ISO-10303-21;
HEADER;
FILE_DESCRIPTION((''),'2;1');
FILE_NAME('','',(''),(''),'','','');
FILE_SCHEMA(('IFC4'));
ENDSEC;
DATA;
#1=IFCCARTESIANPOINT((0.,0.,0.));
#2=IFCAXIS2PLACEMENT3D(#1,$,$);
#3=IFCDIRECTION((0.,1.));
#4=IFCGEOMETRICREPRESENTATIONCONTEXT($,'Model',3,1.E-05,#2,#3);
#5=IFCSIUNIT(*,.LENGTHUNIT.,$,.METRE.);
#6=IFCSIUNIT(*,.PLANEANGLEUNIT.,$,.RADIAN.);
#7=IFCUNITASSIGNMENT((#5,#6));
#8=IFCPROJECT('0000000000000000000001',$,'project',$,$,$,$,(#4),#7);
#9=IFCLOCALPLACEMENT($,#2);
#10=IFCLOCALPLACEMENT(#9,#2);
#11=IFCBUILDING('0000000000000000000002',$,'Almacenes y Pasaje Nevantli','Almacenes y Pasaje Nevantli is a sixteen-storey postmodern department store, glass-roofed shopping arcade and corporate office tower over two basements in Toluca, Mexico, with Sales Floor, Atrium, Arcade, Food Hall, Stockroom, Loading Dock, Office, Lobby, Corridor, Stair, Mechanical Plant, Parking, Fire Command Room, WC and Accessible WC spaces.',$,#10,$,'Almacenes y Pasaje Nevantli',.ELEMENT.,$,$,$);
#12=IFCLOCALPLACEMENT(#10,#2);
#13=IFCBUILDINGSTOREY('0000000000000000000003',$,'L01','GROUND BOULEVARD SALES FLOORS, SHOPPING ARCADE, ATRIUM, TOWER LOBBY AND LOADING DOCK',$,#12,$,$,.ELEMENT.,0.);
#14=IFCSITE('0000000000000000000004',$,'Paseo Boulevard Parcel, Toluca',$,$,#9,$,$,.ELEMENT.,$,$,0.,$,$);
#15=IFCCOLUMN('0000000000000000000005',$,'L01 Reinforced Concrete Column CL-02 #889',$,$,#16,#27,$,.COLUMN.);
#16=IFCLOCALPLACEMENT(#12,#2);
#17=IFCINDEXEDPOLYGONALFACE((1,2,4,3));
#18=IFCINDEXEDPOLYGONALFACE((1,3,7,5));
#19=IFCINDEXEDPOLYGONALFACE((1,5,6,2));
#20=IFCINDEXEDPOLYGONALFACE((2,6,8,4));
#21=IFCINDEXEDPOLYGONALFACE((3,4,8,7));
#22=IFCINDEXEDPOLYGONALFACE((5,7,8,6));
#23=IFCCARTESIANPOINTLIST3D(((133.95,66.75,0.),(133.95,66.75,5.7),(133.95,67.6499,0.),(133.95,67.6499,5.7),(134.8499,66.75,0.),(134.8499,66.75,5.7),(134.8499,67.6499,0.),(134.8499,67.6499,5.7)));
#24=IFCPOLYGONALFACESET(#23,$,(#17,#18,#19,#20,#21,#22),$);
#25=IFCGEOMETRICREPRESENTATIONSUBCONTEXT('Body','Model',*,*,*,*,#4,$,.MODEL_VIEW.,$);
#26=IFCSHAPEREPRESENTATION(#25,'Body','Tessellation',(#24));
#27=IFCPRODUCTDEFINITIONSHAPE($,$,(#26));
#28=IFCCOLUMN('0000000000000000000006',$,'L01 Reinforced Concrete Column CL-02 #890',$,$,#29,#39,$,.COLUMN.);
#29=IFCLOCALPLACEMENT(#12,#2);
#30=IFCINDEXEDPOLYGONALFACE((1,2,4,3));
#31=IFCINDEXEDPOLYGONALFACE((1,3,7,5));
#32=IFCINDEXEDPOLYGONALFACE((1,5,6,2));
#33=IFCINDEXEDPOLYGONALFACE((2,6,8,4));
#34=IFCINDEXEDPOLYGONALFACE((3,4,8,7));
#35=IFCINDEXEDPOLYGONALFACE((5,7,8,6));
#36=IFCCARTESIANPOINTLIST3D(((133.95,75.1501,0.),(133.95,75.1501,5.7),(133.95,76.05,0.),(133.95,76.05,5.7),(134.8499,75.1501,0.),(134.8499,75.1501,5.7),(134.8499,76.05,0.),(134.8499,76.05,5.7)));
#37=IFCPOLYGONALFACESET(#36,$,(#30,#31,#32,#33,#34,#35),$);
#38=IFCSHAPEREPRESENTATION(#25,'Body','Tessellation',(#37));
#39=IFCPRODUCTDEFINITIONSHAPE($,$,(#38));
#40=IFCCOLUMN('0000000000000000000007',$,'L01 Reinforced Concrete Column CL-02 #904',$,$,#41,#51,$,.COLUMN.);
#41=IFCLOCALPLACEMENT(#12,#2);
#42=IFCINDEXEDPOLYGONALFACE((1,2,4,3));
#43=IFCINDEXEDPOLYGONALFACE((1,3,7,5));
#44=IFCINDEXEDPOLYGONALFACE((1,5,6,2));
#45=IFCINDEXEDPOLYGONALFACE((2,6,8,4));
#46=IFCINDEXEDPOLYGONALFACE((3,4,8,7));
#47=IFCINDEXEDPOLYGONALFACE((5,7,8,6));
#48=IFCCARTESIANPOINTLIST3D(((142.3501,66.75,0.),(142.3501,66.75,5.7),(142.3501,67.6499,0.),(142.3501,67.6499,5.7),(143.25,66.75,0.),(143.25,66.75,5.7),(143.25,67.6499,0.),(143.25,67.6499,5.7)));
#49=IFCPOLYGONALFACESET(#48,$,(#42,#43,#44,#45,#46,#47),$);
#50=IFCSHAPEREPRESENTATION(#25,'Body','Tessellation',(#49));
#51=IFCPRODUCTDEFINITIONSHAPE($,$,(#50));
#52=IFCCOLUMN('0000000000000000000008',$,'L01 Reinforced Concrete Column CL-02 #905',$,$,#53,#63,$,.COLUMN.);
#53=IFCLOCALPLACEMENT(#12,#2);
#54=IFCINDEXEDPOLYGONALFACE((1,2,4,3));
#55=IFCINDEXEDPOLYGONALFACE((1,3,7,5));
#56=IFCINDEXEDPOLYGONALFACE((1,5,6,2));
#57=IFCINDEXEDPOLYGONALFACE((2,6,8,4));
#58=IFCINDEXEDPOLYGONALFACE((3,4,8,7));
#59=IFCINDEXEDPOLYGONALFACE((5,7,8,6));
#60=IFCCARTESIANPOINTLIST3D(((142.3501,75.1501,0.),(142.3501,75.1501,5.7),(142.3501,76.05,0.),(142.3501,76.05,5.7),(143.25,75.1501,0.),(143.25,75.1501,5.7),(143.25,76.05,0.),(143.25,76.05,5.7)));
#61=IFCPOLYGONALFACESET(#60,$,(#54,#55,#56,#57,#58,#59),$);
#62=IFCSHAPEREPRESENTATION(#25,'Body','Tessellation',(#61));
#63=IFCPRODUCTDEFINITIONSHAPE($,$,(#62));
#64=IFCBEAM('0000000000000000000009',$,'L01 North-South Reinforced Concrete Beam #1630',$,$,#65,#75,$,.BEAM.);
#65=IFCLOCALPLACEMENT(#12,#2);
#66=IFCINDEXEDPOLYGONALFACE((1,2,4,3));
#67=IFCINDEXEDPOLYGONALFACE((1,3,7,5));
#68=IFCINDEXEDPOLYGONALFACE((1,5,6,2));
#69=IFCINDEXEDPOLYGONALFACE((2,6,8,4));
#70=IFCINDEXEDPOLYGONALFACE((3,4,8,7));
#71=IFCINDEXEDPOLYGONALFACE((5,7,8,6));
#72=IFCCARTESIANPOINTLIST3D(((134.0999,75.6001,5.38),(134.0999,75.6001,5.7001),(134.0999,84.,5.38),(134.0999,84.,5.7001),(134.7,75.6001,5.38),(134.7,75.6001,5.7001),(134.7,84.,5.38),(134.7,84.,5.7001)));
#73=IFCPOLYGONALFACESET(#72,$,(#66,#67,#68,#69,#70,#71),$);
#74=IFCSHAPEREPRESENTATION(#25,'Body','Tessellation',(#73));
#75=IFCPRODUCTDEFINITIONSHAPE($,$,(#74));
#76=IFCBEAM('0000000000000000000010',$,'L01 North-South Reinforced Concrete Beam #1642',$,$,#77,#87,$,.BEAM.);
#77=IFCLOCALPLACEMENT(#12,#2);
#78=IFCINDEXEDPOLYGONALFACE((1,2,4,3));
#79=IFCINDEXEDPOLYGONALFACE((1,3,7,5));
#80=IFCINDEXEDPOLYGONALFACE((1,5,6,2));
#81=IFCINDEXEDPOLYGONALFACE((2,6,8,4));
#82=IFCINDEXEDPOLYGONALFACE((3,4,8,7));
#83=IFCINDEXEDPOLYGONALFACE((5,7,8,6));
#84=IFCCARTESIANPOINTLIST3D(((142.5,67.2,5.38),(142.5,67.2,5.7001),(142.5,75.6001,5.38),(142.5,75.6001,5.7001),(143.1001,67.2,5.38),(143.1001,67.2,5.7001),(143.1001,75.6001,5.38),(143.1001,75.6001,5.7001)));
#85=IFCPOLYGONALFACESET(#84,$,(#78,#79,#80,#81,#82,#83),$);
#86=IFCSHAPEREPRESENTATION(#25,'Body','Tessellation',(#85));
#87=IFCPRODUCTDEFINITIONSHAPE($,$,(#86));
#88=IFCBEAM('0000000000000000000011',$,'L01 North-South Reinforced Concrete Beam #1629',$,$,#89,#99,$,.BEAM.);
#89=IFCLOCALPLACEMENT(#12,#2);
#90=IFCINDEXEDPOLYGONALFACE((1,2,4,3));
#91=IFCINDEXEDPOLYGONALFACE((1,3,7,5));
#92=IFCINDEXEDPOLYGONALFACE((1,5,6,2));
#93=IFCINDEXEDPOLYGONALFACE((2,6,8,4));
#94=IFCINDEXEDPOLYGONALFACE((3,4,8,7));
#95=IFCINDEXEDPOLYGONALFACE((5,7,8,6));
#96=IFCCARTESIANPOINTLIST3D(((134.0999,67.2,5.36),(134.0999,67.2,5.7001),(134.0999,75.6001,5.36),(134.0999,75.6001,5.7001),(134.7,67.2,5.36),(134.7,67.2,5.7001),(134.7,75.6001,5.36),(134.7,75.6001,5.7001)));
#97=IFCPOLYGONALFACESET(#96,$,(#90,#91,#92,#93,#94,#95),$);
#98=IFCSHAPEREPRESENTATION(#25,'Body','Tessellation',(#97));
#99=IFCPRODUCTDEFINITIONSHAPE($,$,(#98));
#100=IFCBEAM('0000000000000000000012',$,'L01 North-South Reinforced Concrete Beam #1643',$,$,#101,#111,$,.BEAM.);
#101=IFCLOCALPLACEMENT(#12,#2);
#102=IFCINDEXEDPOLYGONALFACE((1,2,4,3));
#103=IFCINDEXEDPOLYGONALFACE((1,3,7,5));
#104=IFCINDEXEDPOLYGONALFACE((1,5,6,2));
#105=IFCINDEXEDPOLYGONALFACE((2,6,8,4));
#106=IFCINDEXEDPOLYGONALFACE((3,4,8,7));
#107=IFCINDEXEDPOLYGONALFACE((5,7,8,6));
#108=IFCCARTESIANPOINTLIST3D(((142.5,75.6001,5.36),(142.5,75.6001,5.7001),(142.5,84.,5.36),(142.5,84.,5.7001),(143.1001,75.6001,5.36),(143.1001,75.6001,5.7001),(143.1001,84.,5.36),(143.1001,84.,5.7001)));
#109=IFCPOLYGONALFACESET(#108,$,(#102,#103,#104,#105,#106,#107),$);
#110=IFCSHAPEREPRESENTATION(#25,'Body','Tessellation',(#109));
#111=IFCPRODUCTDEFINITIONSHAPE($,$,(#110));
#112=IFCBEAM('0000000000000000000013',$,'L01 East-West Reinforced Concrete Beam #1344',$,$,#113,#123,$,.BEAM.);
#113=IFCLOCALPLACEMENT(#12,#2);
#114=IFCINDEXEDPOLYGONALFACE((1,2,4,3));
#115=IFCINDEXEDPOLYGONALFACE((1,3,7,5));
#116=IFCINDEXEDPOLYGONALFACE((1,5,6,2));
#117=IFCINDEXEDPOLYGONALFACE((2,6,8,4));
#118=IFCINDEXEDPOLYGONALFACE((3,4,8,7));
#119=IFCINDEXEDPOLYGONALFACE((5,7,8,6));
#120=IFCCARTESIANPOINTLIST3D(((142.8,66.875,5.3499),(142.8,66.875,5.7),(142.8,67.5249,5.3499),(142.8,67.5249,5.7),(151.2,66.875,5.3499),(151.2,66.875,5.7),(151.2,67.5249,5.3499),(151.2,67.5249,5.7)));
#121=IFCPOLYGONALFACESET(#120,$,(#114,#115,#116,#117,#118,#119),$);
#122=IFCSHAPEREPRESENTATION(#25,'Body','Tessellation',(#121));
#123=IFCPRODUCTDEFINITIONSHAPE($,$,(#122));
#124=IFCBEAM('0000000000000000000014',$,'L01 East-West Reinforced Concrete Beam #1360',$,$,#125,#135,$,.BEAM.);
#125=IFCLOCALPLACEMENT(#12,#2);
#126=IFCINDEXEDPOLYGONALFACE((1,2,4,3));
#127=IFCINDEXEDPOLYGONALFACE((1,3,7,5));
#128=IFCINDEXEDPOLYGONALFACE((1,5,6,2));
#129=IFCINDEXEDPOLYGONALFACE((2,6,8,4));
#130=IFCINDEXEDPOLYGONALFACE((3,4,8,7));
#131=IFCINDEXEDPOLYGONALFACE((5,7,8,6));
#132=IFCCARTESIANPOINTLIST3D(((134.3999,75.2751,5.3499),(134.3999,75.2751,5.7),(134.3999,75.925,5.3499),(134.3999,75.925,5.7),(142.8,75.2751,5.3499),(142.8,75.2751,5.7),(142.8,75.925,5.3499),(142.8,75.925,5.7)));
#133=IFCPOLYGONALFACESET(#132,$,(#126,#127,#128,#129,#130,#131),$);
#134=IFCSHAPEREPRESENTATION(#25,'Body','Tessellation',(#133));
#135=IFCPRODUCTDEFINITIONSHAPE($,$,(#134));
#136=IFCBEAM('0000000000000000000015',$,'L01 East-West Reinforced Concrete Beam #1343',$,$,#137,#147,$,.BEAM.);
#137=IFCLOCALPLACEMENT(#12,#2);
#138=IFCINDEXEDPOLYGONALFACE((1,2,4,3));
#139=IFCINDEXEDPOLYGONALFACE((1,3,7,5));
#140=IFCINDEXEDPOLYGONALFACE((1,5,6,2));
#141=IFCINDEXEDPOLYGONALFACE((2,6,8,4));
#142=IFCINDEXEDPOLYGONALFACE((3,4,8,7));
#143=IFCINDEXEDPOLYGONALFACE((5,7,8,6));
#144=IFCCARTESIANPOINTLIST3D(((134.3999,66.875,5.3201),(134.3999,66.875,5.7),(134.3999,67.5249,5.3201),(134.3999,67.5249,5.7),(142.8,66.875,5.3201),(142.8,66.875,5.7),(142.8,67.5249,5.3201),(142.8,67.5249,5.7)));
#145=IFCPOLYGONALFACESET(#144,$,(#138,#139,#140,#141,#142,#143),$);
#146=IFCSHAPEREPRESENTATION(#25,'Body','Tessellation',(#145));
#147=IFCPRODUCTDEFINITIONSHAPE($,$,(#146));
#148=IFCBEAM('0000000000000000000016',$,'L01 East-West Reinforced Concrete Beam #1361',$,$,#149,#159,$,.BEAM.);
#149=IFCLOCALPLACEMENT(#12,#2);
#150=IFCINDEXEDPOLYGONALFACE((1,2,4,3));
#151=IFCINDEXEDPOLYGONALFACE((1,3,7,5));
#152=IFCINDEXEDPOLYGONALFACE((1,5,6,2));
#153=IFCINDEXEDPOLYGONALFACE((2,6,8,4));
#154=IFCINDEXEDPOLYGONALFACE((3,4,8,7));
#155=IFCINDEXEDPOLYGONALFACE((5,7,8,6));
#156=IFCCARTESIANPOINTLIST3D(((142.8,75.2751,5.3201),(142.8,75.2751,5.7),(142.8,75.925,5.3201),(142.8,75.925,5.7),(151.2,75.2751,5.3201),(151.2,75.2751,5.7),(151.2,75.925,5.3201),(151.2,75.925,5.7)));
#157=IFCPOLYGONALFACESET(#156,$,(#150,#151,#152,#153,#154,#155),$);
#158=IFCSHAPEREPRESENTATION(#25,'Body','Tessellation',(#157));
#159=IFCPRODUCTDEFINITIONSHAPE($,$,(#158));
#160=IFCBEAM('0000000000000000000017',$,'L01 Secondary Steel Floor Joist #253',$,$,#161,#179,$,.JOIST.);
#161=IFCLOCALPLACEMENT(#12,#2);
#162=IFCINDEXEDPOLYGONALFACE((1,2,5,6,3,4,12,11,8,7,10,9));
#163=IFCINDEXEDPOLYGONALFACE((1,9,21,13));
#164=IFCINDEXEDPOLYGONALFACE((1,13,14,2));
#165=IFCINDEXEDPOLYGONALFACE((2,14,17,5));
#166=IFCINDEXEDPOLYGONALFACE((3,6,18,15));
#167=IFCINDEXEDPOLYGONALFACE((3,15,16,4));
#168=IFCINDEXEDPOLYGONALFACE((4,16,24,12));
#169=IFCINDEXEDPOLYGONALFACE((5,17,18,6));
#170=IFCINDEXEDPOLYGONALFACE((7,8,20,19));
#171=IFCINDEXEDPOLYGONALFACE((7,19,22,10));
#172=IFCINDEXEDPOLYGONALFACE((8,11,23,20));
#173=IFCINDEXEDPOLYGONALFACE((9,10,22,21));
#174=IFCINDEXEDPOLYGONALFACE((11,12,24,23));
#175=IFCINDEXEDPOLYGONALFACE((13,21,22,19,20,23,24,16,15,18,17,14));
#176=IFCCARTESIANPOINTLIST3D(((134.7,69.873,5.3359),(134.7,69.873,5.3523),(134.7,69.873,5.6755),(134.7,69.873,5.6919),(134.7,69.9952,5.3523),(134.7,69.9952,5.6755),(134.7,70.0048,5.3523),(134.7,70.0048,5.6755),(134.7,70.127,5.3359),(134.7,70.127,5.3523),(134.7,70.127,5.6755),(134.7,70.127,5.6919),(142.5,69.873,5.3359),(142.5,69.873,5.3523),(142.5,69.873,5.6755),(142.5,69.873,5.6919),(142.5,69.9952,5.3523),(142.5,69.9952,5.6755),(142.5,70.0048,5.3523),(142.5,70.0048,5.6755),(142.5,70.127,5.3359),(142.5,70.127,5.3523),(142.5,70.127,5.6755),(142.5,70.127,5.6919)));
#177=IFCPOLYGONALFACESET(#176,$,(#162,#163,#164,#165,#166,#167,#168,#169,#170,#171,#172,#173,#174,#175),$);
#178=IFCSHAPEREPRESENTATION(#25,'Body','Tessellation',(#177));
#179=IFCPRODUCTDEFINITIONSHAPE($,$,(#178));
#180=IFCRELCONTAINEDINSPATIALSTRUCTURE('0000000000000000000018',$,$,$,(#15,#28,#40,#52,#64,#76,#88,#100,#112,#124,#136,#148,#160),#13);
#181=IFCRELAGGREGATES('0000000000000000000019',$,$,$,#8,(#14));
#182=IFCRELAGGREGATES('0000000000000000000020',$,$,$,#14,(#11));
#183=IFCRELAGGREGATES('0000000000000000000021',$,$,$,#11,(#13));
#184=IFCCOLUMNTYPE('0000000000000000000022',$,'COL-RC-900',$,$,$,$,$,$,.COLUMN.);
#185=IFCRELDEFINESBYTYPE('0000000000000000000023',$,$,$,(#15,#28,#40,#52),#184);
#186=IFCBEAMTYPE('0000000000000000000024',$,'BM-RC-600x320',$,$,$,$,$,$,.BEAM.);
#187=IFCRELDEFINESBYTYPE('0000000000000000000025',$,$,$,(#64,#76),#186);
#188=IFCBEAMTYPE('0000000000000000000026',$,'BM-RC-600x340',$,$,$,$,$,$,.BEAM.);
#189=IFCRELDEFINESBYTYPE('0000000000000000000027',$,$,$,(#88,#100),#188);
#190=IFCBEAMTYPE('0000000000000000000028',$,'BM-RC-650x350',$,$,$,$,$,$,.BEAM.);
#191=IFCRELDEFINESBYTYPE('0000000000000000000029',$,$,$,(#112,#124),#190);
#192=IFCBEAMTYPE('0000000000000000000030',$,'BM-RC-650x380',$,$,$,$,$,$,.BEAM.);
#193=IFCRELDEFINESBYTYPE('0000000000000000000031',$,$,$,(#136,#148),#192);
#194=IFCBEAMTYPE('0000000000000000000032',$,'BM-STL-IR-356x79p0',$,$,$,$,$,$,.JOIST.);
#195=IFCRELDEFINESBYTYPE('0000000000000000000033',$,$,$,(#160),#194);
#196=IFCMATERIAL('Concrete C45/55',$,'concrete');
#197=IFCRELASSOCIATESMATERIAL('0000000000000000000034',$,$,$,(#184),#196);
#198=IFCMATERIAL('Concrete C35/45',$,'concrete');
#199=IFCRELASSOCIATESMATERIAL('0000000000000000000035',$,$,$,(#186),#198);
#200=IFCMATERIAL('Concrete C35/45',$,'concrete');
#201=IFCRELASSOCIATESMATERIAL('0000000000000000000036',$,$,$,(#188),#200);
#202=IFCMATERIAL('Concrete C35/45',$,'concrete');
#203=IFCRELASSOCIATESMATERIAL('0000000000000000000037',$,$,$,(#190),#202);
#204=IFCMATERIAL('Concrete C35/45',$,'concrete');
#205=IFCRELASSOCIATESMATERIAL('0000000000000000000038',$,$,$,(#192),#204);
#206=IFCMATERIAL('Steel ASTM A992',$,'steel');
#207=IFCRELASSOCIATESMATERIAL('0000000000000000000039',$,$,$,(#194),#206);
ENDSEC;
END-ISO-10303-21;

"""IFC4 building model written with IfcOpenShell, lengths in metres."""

from ifc_helpers import new_model, si_unit, direction, frame, origin, origin_2d, place, context, subcontext, project, spatial, rectangle, i_section, extrude, material, material_profile, profile_set, type_object, element, save


model = new_model("IFC4")

# Units and contexts
model_context = context("Model", 3, precision=1e-05, world=origin(), true_north=direction((0.0, 1.0)))
body_context = subcontext(model_context, "Body", "Model", "MODEL_VIEW")
ifc_project = project(units=[si_unit("LENGTHUNIT", "METRE"), si_unit("PLANEANGLEUNIT", "RADIAN")], contexts=[model_context])

# Site, building, storey
site_placement = place(None, origin())
site = spatial("IfcSite", under=ifc_project, at=site_placement, Name="Paseo Boulevard Parcel, Toluca", CompositionType="ELEMENT", RefElevation=0.0)
building_placement = place(site_placement, origin())
building = spatial("IfcBuilding", under=site, at=building_placement, Name="Almacenes y Pasaje Nevantli", Description="Almacenes y Pasaje Nevantli is a sixteen-storey postmodern department store, glass-roofed shopping arcade and corporate office tower over two basements in Toluca, Mexico, with Sales Floor, Atrium, Arcade, Food Hall, Stockroom, Loading Dock, Office, Lobby, Corridor, Stair, Mechanical Plant, Parking, Fire Command Room, WC and Accessible WC spaces.", LongName="Almacenes y Pasaje Nevantli", CompositionType="ELEMENT")
storey_placement = place(building_placement, origin())
storey = spatial("IfcBuildingStorey", under=building, at=storey_placement, Name="L01", Description="GROUND BOULEVARD SALES FLOORS, SHOPPING ARCADE, ATRIUM, TOWER LOBBY AND LOADING DOCK", CompositionType="ELEMENT", Elevation=0.0)

# Columns
ifc_material_1 = material(Name="Concrete C45/55", Category="concrete")
ifc_material_profile_1 = material_profile(ifc_material_1, rectangle(XDim=0.8999, YDim=0.8999, at=origin_2d()), Name="RC-COL-900x900")
ifc_profile_set_1 = profile_set([ifc_material_profile_1], Name="Concrete C45/55")
column_type = type_object("IfcColumnType", Name="COL-RC-900", PredefinedType="COLUMN", material=ifc_profile_set_1)
for number, where, z_axis, x_axis, name in (
    (1, (134.3999, 67.2, 0.0), (0.0, 0.0, 1.0), (1.0, 0.0, 0.0), "L01 Reinforced Concrete Column CL-02 #889"),
    (2, (134.3999, 75.6001, 0.0), (0.0, 0.0, 1.0), (1.0, 0.0, 0.0), "L01 Reinforced Concrete Column CL-02 #890"),
    (3, (142.8, 67.2, 0.0), (0.0, 0.0, 1.0), (1.0, 0.0, 0.0), "L01 Reinforced Concrete Column CL-02 #904"),
    (4, (142.8, 75.6001, 0.0), (0.0, 0.0, 1.0), (1.0, 0.0, 0.0), "L01 Reinforced Concrete Column CL-02 #905"),
):
    element("IfcColumn", number, at=place(storey_placement, frame(where, z_axis=z_axis, x_axis=x_axis)), inside=storey, type_object=column_type, Name=name, PredefinedType="COLUMN", context=body_context, shape_type="SweptSolid", body=[
        extrude(rectangle(XDim=0.8999, YDim=0.8999, at=origin_2d()), origin(), (0.0, 0.0, 1.0), 5.7),
    ])

# Beams
ifc_material_2 = material(Name="Concrete C35/45", Category="concrete")
ifc_material_profile_2 = material_profile(ifc_material_2, rectangle(XDim=0.6001, YDim=0.3201, at=origin_2d()), Name="RC-BM-600x320")
ifc_profile_set_2 = profile_set([ifc_material_profile_2], Name="Concrete C35/45")
beam_type_1 = type_object("IfcBeamType", Name="BM-RC-600x320", PredefinedType="BEAM", material=ifc_profile_set_2)
beam_1_placement = place(storey_placement, frame((134.3999, 75.6001, 5.54), z_axis=(0.0, 1.0, 0.0), x_axis=(-1.0, 0.0, 0.0)))
element("IfcBeam", 5, at=beam_1_placement, inside=storey, type_object=beam_type_1, Name="L01 North-South Reinforced Concrete Beam #1630", PredefinedType="BEAM", context=body_context, shape_type="SweptSolid", body=[
    extrude(rectangle(XDim=0.6001, YDim=0.3201, at=origin_2d()), origin(), (0.0, 0.0, 1.0), 8.3999),
])
beam_2_placement = place(storey_placement, frame((142.8, 67.2, 5.54), z_axis=(0.0, 1.0, 0.0), x_axis=(-1.0, 0.0, 0.0)))
element("IfcBeam", 6, at=beam_2_placement, inside=storey, type_object=beam_type_1, Name="L01 North-South Reinforced Concrete Beam #1642", PredefinedType="BEAM", context=body_context, shape_type="SweptSolid", body=[
    extrude(rectangle(XDim=0.6001, YDim=0.3201, at=origin_2d()), origin(), (0.0, 0.0, 1.0), 8.4001),
])
ifc_material_3 = material(Name="Concrete C35/45", Category="concrete")
ifc_material_profile_3 = material_profile(ifc_material_3, rectangle(XDim=0.6001, YDim=0.3401, at=origin_2d()), Name="RC-BM-600x340")
ifc_profile_set_3 = profile_set([ifc_material_profile_3], Name="Concrete C35/45")
beam_type_2 = type_object("IfcBeamType", Name="BM-RC-600x340", PredefinedType="BEAM", material=ifc_profile_set_3)
beam_3_placement = place(storey_placement, frame((134.3999, 67.2, 5.53), z_axis=(0.0, 1.0, 0.0), x_axis=(-1.0, 0.0, 0.0)))
element("IfcBeam", 7, at=beam_3_placement, inside=storey, type_object=beam_type_2, Name="L01 North-South Reinforced Concrete Beam #1629", PredefinedType="BEAM", context=body_context, shape_type="SweptSolid", body=[
    extrude(rectangle(XDim=0.6001, YDim=0.3401, at=origin_2d()), origin(), (0.0, 0.0, 1.0), 8.4001),
])
beam_4_placement = place(storey_placement, frame((142.8, 75.6001, 5.53), z_axis=(0.0, 1.0, 0.0), x_axis=(-1.0, 0.0, 0.0)))
element("IfcBeam", 8, at=beam_4_placement, inside=storey, type_object=beam_type_2, Name="L01 North-South Reinforced Concrete Beam #1643", PredefinedType="BEAM", context=body_context, shape_type="SweptSolid", body=[
    extrude(rectangle(XDim=0.6001, YDim=0.3401, at=origin_2d()), origin(), (0.0, 0.0, 1.0), 8.3999),
])
ifc_material_4 = material(Name="Concrete C35/45", Category="concrete")
ifc_material_profile_4 = material_profile(ifc_material_4, rectangle(XDim=0.6499, YDim=0.3501, at=origin_2d()), Name="RC-BM-650x350")
ifc_profile_set_4 = profile_set([ifc_material_profile_4], Name="Concrete C35/45")
beam_type_3 = type_object("IfcBeamType", Name="BM-RC-650x350", PredefinedType="BEAM", material=ifc_profile_set_4)
beam_5_placement = place(storey_placement, frame((142.8, 67.2, 5.5249), z_axis=(1.0, 0.0, 0.0), x_axis=(0.0, 1.0, 0.0)))
element("IfcBeam", 9, at=beam_5_placement, inside=storey, type_object=beam_type_3, Name="L01 East-West Reinforced Concrete Beam #1344", PredefinedType="BEAM", context=body_context, shape_type="SweptSolid", body=[
    extrude(rectangle(XDim=0.6499, YDim=0.3501, at=origin_2d()), origin(), (0.0, 0.0, 1.0), 8.3999),
])
beam_6_placement = place(storey_placement, frame((134.3999, 75.6001, 5.5249), z_axis=(1.0, 0.0, 0.0), x_axis=(0.0, 1.0, 0.0)))
element("IfcBeam", 10, at=beam_6_placement, inside=storey, type_object=beam_type_3, Name="L01 East-West Reinforced Concrete Beam #1360", PredefinedType="BEAM", context=body_context, shape_type="SweptSolid", body=[
    extrude(rectangle(XDim=0.6499, YDim=0.3501, at=origin_2d()), origin(), (0.0, 0.0, 1.0), 8.4001),
])
ifc_material_5 = material(Name="Concrete C35/45", Category="concrete")
ifc_material_profile_5 = material_profile(ifc_material_5, rectangle(XDim=0.6499, YDim=0.3799, at=origin_2d()), Name="RC-BM-650x380")
ifc_profile_set_5 = profile_set([ifc_material_profile_5], Name="Concrete C35/45")
beam_type_4 = type_object("IfcBeamType", Name="BM-RC-650x380", PredefinedType="BEAM", material=ifc_profile_set_5)
beam_7_placement = place(storey_placement, frame((134.3999, 67.2, 5.51), z_axis=(1.0, 0.0, 0.0), x_axis=(0.0, 1.0, 0.0)))
element("IfcBeam", 11, at=beam_7_placement, inside=storey, type_object=beam_type_4, Name="L01 East-West Reinforced Concrete Beam #1343", PredefinedType="BEAM", context=body_context, shape_type="SweptSolid", body=[
    extrude(rectangle(XDim=0.6499, YDim=0.3799, at=origin_2d()), origin(), (0.0, 0.0, 1.0), 8.4001),
])
beam_8_placement = place(storey_placement, frame((142.8, 75.6001, 5.51), z_axis=(1.0, 0.0, 0.0), x_axis=(0.0, 1.0, 0.0)))
element("IfcBeam", 12, at=beam_8_placement, inside=storey, type_object=beam_type_4, Name="L01 East-West Reinforced Concrete Beam #1361", PredefinedType="BEAM", context=body_context, shape_type="SweptSolid", body=[
    extrude(rectangle(XDim=0.6499, YDim=0.3799, at=origin_2d()), origin(), (0.0, 0.0, 1.0), 8.3999),
])
ifc_material_6 = material(Name="Steel ASTM A992", Category="steel")
ifc_material_profile_6 = material_profile(ifc_material_6, i_section(OverallWidth=0.2539, OverallDepth=0.356, WebThickness=0.0095, FlangeThickness=0.0164, at=origin_2d()), Name="IR 356x79.0")
ifc_profile_set_6 = profile_set([ifc_material_profile_6], Name="Steel ASTM A992")
beam_type_5 = type_object("IfcBeamType", Name="BM-STL-IR-356x79p0", PredefinedType="JOIST", material=ifc_profile_set_6)
for number, where, z_axis, x_axis, name in (
    (13, (134.7, 70.0, 5.5139), (1.0, 0.0, 0.0), (0.0, 1.0, 0.0), "L01 Secondary Steel Floor Joist #253"),
):
    element("IfcBeam", number, at=place(storey_placement, frame(where, z_axis=z_axis, x_axis=x_axis)), inside=storey, type_object=beam_type_5, Name=name, PredefinedType="JOIST", context=body_context, shape_type="SweptSolid", body=[
        extrude(i_section(OverallWidth=0.2539, OverallDepth=0.356, WebThickness=0.0095, FlangeThickness=0.0164, at=origin_2d()), origin(), (0.0, 0.0, 1.0), 7.8),
    ])

save(model, "model.ifc")
